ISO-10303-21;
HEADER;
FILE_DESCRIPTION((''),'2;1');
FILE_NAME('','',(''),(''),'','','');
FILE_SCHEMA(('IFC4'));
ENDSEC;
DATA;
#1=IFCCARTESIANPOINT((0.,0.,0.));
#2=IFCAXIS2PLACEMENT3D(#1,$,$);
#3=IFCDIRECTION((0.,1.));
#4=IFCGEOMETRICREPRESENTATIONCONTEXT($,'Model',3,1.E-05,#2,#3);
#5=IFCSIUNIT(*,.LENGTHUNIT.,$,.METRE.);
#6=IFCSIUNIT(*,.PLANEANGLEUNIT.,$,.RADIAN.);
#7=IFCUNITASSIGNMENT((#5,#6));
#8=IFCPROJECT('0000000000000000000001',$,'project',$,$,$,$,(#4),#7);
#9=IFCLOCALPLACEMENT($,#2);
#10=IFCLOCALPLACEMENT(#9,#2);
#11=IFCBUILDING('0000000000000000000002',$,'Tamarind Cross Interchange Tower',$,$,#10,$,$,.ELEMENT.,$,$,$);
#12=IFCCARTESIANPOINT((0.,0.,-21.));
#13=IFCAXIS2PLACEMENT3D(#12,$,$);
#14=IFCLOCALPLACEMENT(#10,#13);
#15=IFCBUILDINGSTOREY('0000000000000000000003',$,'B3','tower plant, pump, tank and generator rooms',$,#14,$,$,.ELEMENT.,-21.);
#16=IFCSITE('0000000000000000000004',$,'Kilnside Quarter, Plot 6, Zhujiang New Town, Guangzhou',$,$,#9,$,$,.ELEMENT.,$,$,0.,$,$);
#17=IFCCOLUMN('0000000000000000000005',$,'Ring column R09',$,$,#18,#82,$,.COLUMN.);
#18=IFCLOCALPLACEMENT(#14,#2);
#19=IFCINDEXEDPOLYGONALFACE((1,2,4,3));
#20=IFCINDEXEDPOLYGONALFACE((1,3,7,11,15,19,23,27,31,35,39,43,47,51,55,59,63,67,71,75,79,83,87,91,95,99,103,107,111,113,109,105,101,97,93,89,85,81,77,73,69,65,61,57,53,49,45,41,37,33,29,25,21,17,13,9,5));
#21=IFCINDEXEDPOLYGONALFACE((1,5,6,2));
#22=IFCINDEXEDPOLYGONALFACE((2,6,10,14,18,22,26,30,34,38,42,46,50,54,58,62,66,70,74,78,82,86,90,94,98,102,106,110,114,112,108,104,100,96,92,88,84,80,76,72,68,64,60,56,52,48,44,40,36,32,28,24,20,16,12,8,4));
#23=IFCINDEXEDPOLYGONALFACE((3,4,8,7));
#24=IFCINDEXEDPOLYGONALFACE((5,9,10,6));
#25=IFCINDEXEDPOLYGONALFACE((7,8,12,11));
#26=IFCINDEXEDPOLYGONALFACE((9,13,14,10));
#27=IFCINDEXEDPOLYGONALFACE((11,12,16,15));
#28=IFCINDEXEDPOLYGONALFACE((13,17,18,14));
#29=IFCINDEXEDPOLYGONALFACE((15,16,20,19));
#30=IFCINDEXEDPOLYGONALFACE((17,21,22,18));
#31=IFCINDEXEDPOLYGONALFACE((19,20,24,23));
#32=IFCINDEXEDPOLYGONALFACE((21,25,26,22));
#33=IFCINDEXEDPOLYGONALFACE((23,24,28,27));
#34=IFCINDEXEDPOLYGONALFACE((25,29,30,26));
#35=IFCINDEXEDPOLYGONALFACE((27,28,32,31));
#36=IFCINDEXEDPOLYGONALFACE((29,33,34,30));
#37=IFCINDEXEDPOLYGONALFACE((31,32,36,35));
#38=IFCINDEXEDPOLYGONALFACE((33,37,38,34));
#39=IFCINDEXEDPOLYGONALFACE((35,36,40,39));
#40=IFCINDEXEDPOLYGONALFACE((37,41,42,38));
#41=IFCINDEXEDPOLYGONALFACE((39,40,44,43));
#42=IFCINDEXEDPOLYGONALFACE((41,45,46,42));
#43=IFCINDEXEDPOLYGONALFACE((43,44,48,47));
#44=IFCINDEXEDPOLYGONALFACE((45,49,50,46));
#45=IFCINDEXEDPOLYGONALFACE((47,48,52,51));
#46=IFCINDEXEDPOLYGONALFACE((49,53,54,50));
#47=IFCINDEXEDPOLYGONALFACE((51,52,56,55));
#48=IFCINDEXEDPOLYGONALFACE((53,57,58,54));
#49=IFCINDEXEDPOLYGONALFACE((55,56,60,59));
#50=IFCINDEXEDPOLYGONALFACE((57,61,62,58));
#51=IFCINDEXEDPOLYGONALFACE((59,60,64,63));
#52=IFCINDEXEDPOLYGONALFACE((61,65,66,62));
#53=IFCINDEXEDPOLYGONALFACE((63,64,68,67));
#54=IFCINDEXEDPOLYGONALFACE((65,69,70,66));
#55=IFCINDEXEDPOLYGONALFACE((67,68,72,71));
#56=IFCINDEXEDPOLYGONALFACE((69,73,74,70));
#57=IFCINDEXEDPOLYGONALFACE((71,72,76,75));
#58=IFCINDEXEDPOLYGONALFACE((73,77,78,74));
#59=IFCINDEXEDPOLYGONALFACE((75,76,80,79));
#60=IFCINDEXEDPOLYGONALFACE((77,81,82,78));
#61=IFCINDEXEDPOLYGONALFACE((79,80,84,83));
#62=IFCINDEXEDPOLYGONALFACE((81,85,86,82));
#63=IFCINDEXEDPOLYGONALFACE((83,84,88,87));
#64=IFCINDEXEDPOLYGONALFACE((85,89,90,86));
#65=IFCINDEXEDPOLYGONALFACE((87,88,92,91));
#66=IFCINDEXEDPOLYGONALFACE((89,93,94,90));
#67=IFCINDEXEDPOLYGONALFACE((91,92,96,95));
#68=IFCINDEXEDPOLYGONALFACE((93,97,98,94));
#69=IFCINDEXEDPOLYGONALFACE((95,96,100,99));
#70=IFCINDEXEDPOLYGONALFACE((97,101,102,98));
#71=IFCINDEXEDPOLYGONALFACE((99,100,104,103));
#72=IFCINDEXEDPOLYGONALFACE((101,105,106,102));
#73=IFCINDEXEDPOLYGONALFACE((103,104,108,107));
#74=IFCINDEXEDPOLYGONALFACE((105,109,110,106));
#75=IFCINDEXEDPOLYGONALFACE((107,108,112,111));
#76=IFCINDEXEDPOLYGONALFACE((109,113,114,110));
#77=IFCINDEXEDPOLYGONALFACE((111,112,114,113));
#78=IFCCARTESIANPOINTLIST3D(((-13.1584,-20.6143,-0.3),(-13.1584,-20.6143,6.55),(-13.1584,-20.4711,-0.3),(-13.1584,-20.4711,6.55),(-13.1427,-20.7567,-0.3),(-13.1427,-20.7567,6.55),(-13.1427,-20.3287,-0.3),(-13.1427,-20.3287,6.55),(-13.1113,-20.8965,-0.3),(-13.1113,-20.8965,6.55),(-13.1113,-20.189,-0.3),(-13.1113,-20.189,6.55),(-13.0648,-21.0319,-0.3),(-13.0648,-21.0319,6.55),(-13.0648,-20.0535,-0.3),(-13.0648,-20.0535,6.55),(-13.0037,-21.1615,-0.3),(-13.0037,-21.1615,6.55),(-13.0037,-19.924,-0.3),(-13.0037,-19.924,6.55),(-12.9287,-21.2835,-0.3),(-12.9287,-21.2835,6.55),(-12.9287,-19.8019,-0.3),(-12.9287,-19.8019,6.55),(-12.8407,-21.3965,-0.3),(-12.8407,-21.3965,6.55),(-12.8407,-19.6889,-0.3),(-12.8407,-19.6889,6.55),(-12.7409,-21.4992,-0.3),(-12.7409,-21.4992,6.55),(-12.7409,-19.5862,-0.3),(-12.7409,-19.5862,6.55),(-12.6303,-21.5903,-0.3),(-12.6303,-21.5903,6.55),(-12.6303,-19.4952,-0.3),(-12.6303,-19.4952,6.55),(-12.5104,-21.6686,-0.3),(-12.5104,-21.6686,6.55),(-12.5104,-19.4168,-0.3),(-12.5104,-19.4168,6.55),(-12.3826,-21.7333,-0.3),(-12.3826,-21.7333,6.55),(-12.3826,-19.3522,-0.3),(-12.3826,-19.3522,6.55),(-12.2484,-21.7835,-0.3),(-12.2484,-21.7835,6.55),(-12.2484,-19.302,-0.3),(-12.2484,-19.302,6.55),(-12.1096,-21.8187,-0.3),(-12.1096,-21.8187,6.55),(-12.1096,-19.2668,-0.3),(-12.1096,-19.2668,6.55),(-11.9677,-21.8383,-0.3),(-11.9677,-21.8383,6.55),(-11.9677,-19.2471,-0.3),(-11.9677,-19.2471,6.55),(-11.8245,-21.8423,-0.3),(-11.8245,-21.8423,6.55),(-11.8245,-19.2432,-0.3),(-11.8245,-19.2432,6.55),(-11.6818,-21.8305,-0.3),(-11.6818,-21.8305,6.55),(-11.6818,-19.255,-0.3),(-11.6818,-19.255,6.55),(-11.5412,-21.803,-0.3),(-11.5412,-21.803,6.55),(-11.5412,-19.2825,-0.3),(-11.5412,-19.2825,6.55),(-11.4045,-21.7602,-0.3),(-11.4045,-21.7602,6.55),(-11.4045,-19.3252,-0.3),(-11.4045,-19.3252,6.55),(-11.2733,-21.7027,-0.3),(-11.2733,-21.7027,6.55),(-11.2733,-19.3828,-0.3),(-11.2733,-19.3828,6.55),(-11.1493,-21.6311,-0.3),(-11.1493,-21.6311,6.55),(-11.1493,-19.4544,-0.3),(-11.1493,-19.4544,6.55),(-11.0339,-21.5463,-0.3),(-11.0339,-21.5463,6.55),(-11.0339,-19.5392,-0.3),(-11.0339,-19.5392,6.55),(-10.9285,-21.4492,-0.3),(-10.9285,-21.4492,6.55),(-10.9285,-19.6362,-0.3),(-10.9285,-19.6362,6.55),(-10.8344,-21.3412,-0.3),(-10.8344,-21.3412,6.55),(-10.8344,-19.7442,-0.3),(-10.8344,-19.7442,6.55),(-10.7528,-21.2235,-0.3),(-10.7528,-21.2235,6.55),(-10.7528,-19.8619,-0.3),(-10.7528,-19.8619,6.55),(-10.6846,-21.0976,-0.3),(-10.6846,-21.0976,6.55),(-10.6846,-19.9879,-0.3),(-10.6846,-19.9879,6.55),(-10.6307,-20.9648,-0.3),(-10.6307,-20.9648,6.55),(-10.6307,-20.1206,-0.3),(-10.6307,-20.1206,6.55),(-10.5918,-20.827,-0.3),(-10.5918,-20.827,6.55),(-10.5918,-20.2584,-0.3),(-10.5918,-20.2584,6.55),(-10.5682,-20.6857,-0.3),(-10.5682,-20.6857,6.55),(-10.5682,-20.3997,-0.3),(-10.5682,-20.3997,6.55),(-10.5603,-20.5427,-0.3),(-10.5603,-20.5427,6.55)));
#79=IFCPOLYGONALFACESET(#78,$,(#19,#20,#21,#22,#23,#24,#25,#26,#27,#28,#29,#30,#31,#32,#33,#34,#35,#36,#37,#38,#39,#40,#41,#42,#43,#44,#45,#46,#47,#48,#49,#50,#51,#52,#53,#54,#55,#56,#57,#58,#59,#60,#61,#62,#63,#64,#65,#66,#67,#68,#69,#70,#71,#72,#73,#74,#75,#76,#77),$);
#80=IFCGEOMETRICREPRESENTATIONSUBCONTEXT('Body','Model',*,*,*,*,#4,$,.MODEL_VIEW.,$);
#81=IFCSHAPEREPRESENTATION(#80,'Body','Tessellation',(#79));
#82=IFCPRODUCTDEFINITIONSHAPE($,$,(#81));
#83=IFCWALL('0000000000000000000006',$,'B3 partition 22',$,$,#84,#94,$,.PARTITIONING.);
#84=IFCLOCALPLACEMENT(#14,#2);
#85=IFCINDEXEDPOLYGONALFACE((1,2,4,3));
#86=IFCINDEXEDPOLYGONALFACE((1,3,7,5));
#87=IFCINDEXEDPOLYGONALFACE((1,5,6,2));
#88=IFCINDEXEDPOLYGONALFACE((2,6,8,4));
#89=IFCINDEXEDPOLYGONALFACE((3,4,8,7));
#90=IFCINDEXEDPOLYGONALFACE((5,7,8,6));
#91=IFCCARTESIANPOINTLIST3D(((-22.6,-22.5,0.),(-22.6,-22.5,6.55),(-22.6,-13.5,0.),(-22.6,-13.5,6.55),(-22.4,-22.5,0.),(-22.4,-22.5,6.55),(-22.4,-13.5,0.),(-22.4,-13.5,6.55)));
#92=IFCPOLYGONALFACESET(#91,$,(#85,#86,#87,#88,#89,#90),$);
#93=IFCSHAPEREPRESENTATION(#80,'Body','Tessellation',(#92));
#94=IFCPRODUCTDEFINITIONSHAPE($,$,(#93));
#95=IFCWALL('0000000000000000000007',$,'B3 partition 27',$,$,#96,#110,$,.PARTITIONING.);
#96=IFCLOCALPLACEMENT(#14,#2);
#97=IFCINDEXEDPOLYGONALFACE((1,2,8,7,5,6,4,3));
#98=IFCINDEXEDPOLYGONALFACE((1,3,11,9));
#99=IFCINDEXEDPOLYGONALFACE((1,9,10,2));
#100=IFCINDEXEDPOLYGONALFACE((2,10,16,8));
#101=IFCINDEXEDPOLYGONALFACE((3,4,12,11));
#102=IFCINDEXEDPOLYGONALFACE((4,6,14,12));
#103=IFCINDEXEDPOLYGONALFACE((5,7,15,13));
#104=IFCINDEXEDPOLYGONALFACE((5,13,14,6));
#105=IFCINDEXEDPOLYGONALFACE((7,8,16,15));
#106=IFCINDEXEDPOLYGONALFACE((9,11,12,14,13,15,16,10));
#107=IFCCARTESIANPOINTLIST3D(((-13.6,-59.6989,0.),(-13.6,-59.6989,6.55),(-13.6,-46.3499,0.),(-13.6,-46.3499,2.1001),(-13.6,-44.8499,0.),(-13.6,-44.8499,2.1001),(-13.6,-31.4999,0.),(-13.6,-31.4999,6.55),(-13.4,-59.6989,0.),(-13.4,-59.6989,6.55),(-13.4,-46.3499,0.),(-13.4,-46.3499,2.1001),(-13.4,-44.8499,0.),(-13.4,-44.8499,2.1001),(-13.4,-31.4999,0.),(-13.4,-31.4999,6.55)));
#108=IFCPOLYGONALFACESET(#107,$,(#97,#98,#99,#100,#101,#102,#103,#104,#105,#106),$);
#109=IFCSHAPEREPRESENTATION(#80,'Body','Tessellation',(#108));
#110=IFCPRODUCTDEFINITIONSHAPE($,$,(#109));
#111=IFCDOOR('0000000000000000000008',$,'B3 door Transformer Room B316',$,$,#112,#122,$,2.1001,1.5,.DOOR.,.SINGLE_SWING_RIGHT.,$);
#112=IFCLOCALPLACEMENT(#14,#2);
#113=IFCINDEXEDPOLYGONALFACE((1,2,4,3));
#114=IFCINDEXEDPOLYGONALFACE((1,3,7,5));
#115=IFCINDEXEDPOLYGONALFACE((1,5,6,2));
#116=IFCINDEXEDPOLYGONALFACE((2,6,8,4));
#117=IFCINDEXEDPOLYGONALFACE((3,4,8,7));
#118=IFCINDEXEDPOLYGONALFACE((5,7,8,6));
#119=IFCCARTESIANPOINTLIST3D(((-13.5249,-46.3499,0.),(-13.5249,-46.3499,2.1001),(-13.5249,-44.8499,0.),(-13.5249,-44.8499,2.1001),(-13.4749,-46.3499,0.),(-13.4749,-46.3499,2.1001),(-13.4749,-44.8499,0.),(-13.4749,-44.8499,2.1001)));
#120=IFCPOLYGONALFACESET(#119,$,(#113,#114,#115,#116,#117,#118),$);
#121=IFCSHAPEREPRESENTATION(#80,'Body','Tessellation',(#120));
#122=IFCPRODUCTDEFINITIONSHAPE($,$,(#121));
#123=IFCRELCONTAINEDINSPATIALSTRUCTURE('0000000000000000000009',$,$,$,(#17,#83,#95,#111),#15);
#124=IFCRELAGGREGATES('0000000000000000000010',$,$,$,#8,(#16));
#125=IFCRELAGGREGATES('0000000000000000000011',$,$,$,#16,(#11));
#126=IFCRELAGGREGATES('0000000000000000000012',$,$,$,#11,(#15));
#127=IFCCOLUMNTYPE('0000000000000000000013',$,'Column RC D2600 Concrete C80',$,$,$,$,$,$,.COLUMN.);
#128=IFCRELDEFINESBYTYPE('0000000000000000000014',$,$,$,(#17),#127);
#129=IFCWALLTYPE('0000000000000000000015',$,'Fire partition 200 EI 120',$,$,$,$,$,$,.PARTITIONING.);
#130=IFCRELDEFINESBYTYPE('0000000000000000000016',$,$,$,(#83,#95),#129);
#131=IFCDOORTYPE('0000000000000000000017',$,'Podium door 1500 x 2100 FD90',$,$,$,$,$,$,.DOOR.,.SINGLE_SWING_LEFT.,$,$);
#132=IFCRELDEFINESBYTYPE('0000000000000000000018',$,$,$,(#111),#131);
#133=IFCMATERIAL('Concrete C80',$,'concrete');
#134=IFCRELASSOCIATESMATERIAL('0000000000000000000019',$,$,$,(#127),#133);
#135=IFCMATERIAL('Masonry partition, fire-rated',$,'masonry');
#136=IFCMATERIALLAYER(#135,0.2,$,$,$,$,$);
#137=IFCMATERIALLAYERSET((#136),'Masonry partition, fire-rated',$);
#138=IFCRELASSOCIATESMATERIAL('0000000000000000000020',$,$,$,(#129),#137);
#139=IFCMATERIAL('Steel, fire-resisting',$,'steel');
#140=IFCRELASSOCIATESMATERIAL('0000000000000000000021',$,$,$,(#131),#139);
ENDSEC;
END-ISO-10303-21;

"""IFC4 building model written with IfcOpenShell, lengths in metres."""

from ifc_helpers import new_model, si_unit, direction, frame, frame_2d, origin, origin_2d, place, context, subcontext, project, spatial, rectangle, circle, extrude, material, layer, layer_set, material_profile, profile_set, type_object, element, fill, save


model = new_model("IFC4")

# Units and contexts
model_context = context("Model", 3, precision=1e-05, world=origin(), true_north=direction((0.0, 1.0)))
body_context = subcontext(model_context, "Body", "Model", "MODEL_VIEW")
ifc_project = project(units=[si_unit("LENGTHUNIT", "METRE"), si_unit("PLANEANGLEUNIT", "RADIAN")], contexts=[model_context])

# Site, building, storey
site_placement = place(None, origin())
site = spatial("IfcSite", under=ifc_project, at=site_placement, Name="Kilnside Quarter, Plot 6, Zhujiang New Town, Guangzhou", CompositionType="ELEMENT", RefElevation=0.0)
building_placement = place(site_placement, origin())
building = spatial("IfcBuilding", under=site, at=building_placement, Name="Tamarind Cross Interchange Tower", CompositionType="ELEMENT")
storey_placement = place(building_placement, frame((0.0, 0.0, -21.0)))
storey = spatial("IfcBuildingStorey", under=building, at=storey_placement, Name="B3", Description="tower plant, pump, tank and generator rooms", CompositionType="ELEMENT", Elevation=-21.0)

# Column
ifc_material_1 = material(Name="Concrete C80", Category="concrete")
ifc_material_profile_1 = material_profile(ifc_material_1, circle(Radius=1.3, at=origin_2d()), Name="RC D2600")
ifc_profile_set_1 = profile_set([ifc_material_profile_1], Name="Concrete C80")
column_type_1 = type_object("IfcColumnType", Name="Column RC D2600 Concrete C80", PredefinedType="COLUMN", material=ifc_profile_set_1)
column_placement = place(storey_placement, frame((-11.8604, -20.5427, -0.3), z_axis=(0.0, 0.0, 1.0), x_axis=(1.0, 0.0, 0.0)))
element("IfcColumn", 1, at=column_placement, inside=storey, type_object=column_type_1, Name="Ring column R09", PredefinedType="COLUMN", context=body_context, shape_type="SweptSolid", body=[
    extrude(circle(Radius=1.3, at=origin_2d()), origin(), (0.0, 0.0, 1.0), 6.8501),
])

# Wall
ifc_material_2 = material(Name="Masonry partition, fire-rated", Category="masonry")
ifc_layer = layer(ifc_material_2, 0.2)
ifc_layer_set = layer_set([ifc_layer], Name="Masonry partition, fire-rated")
wall_type = type_object("IfcWallType", Name="Fire partition 200 EI 120", PredefinedType="PARTITIONING", material=ifc_layer_set)
wall_1_placement = place(storey_placement, frame((-22.5, -22.5, 0.0), z_axis=(0.0, 0.0, 1.0), x_axis=(0.0, 1.0, 0.0)))
element("IfcWall", 2, at=wall_1_placement, inside=storey, type_object=wall_type, Name="B3 partition 22", PredefinedType="PARTITIONING", context=body_context, shape_type="SweptSolid", body=[
    extrude(rectangle(XDim=9.0, YDim=0.2, at=frame_2d((4.5, 0.0))), origin(), (0.0, 0.0, 1.0), 6.55),
])

# Wall, opening, door
wall_2_placement = place(storey_placement, frame((-13.5, -59.699, 0.0), z_axis=(0.0, 0.0, 1.0), x_axis=(0.0, 1.0, 0.0)))
wall_2 = element("IfcWall", 3, at=wall_2_placement, inside=storey, type_object=wall_type, Name="B3 partition 27", PredefinedType="PARTITIONING", context=body_context, shape_type="SweptSolid", body=[
    extrude(rectangle(XDim=28.199, YDim=0.2, at=frame_2d((14.0996, 0.0))), origin(), (0.0, 0.0, 1.0), 6.55),
])
opening_placement = place(wall_2_placement, frame((13.3491, 0.0, 0.0)))
opening = element("IfcOpeningElement", 4, at=opening_placement, cuts=wall_2, PredefinedType="OPENING", context=body_context, shape_type="SweptSolid", body=[
    extrude(rectangle(XDim=1.5, YDim=2.1001, at=frame_2d((0.75, 1.05))), frame((0.0, 0.1099, 0.0), z_axis=(0.0, -1.0, 0.0), x_axis=(1.0, 0.0, 0.0)), (0.0, 0.0, 1.0), 0.22),
])
ifc_material_3 = material(Name="Steel, fire-resisting", Category="steel")
door_type = type_object("IfcDoorType", Name="Podium door 1500 x 2100 FD90", OperationType="SINGLE_SWING_LEFT", PredefinedType="DOOR", material=ifc_material_3)
door_placement = place(opening_placement, origin())
door = element("IfcDoor", 5, at=door_placement, inside=storey, type_object=door_type, Name="B3 door Transformer Room B316", OperationType="SINGLE_SWING_RIGHT", OverallHeight=2.1001, OverallWidth=1.5, PredefinedType="DOOR", context=body_context, shape_type="SweptSolid", body=[
    extrude(rectangle(XDim=1.5, YDim=2.1001, at=frame_2d((0.75, 1.05))), frame((0.0, 0.0249, 0.0), z_axis=(0.0, -1.0, 0.0), x_axis=(1.0, 0.0, 0.0)), (0.0, 0.0, 1.0), 0.05),
])
fill(opening, door)

save(model, "model.ifc")
